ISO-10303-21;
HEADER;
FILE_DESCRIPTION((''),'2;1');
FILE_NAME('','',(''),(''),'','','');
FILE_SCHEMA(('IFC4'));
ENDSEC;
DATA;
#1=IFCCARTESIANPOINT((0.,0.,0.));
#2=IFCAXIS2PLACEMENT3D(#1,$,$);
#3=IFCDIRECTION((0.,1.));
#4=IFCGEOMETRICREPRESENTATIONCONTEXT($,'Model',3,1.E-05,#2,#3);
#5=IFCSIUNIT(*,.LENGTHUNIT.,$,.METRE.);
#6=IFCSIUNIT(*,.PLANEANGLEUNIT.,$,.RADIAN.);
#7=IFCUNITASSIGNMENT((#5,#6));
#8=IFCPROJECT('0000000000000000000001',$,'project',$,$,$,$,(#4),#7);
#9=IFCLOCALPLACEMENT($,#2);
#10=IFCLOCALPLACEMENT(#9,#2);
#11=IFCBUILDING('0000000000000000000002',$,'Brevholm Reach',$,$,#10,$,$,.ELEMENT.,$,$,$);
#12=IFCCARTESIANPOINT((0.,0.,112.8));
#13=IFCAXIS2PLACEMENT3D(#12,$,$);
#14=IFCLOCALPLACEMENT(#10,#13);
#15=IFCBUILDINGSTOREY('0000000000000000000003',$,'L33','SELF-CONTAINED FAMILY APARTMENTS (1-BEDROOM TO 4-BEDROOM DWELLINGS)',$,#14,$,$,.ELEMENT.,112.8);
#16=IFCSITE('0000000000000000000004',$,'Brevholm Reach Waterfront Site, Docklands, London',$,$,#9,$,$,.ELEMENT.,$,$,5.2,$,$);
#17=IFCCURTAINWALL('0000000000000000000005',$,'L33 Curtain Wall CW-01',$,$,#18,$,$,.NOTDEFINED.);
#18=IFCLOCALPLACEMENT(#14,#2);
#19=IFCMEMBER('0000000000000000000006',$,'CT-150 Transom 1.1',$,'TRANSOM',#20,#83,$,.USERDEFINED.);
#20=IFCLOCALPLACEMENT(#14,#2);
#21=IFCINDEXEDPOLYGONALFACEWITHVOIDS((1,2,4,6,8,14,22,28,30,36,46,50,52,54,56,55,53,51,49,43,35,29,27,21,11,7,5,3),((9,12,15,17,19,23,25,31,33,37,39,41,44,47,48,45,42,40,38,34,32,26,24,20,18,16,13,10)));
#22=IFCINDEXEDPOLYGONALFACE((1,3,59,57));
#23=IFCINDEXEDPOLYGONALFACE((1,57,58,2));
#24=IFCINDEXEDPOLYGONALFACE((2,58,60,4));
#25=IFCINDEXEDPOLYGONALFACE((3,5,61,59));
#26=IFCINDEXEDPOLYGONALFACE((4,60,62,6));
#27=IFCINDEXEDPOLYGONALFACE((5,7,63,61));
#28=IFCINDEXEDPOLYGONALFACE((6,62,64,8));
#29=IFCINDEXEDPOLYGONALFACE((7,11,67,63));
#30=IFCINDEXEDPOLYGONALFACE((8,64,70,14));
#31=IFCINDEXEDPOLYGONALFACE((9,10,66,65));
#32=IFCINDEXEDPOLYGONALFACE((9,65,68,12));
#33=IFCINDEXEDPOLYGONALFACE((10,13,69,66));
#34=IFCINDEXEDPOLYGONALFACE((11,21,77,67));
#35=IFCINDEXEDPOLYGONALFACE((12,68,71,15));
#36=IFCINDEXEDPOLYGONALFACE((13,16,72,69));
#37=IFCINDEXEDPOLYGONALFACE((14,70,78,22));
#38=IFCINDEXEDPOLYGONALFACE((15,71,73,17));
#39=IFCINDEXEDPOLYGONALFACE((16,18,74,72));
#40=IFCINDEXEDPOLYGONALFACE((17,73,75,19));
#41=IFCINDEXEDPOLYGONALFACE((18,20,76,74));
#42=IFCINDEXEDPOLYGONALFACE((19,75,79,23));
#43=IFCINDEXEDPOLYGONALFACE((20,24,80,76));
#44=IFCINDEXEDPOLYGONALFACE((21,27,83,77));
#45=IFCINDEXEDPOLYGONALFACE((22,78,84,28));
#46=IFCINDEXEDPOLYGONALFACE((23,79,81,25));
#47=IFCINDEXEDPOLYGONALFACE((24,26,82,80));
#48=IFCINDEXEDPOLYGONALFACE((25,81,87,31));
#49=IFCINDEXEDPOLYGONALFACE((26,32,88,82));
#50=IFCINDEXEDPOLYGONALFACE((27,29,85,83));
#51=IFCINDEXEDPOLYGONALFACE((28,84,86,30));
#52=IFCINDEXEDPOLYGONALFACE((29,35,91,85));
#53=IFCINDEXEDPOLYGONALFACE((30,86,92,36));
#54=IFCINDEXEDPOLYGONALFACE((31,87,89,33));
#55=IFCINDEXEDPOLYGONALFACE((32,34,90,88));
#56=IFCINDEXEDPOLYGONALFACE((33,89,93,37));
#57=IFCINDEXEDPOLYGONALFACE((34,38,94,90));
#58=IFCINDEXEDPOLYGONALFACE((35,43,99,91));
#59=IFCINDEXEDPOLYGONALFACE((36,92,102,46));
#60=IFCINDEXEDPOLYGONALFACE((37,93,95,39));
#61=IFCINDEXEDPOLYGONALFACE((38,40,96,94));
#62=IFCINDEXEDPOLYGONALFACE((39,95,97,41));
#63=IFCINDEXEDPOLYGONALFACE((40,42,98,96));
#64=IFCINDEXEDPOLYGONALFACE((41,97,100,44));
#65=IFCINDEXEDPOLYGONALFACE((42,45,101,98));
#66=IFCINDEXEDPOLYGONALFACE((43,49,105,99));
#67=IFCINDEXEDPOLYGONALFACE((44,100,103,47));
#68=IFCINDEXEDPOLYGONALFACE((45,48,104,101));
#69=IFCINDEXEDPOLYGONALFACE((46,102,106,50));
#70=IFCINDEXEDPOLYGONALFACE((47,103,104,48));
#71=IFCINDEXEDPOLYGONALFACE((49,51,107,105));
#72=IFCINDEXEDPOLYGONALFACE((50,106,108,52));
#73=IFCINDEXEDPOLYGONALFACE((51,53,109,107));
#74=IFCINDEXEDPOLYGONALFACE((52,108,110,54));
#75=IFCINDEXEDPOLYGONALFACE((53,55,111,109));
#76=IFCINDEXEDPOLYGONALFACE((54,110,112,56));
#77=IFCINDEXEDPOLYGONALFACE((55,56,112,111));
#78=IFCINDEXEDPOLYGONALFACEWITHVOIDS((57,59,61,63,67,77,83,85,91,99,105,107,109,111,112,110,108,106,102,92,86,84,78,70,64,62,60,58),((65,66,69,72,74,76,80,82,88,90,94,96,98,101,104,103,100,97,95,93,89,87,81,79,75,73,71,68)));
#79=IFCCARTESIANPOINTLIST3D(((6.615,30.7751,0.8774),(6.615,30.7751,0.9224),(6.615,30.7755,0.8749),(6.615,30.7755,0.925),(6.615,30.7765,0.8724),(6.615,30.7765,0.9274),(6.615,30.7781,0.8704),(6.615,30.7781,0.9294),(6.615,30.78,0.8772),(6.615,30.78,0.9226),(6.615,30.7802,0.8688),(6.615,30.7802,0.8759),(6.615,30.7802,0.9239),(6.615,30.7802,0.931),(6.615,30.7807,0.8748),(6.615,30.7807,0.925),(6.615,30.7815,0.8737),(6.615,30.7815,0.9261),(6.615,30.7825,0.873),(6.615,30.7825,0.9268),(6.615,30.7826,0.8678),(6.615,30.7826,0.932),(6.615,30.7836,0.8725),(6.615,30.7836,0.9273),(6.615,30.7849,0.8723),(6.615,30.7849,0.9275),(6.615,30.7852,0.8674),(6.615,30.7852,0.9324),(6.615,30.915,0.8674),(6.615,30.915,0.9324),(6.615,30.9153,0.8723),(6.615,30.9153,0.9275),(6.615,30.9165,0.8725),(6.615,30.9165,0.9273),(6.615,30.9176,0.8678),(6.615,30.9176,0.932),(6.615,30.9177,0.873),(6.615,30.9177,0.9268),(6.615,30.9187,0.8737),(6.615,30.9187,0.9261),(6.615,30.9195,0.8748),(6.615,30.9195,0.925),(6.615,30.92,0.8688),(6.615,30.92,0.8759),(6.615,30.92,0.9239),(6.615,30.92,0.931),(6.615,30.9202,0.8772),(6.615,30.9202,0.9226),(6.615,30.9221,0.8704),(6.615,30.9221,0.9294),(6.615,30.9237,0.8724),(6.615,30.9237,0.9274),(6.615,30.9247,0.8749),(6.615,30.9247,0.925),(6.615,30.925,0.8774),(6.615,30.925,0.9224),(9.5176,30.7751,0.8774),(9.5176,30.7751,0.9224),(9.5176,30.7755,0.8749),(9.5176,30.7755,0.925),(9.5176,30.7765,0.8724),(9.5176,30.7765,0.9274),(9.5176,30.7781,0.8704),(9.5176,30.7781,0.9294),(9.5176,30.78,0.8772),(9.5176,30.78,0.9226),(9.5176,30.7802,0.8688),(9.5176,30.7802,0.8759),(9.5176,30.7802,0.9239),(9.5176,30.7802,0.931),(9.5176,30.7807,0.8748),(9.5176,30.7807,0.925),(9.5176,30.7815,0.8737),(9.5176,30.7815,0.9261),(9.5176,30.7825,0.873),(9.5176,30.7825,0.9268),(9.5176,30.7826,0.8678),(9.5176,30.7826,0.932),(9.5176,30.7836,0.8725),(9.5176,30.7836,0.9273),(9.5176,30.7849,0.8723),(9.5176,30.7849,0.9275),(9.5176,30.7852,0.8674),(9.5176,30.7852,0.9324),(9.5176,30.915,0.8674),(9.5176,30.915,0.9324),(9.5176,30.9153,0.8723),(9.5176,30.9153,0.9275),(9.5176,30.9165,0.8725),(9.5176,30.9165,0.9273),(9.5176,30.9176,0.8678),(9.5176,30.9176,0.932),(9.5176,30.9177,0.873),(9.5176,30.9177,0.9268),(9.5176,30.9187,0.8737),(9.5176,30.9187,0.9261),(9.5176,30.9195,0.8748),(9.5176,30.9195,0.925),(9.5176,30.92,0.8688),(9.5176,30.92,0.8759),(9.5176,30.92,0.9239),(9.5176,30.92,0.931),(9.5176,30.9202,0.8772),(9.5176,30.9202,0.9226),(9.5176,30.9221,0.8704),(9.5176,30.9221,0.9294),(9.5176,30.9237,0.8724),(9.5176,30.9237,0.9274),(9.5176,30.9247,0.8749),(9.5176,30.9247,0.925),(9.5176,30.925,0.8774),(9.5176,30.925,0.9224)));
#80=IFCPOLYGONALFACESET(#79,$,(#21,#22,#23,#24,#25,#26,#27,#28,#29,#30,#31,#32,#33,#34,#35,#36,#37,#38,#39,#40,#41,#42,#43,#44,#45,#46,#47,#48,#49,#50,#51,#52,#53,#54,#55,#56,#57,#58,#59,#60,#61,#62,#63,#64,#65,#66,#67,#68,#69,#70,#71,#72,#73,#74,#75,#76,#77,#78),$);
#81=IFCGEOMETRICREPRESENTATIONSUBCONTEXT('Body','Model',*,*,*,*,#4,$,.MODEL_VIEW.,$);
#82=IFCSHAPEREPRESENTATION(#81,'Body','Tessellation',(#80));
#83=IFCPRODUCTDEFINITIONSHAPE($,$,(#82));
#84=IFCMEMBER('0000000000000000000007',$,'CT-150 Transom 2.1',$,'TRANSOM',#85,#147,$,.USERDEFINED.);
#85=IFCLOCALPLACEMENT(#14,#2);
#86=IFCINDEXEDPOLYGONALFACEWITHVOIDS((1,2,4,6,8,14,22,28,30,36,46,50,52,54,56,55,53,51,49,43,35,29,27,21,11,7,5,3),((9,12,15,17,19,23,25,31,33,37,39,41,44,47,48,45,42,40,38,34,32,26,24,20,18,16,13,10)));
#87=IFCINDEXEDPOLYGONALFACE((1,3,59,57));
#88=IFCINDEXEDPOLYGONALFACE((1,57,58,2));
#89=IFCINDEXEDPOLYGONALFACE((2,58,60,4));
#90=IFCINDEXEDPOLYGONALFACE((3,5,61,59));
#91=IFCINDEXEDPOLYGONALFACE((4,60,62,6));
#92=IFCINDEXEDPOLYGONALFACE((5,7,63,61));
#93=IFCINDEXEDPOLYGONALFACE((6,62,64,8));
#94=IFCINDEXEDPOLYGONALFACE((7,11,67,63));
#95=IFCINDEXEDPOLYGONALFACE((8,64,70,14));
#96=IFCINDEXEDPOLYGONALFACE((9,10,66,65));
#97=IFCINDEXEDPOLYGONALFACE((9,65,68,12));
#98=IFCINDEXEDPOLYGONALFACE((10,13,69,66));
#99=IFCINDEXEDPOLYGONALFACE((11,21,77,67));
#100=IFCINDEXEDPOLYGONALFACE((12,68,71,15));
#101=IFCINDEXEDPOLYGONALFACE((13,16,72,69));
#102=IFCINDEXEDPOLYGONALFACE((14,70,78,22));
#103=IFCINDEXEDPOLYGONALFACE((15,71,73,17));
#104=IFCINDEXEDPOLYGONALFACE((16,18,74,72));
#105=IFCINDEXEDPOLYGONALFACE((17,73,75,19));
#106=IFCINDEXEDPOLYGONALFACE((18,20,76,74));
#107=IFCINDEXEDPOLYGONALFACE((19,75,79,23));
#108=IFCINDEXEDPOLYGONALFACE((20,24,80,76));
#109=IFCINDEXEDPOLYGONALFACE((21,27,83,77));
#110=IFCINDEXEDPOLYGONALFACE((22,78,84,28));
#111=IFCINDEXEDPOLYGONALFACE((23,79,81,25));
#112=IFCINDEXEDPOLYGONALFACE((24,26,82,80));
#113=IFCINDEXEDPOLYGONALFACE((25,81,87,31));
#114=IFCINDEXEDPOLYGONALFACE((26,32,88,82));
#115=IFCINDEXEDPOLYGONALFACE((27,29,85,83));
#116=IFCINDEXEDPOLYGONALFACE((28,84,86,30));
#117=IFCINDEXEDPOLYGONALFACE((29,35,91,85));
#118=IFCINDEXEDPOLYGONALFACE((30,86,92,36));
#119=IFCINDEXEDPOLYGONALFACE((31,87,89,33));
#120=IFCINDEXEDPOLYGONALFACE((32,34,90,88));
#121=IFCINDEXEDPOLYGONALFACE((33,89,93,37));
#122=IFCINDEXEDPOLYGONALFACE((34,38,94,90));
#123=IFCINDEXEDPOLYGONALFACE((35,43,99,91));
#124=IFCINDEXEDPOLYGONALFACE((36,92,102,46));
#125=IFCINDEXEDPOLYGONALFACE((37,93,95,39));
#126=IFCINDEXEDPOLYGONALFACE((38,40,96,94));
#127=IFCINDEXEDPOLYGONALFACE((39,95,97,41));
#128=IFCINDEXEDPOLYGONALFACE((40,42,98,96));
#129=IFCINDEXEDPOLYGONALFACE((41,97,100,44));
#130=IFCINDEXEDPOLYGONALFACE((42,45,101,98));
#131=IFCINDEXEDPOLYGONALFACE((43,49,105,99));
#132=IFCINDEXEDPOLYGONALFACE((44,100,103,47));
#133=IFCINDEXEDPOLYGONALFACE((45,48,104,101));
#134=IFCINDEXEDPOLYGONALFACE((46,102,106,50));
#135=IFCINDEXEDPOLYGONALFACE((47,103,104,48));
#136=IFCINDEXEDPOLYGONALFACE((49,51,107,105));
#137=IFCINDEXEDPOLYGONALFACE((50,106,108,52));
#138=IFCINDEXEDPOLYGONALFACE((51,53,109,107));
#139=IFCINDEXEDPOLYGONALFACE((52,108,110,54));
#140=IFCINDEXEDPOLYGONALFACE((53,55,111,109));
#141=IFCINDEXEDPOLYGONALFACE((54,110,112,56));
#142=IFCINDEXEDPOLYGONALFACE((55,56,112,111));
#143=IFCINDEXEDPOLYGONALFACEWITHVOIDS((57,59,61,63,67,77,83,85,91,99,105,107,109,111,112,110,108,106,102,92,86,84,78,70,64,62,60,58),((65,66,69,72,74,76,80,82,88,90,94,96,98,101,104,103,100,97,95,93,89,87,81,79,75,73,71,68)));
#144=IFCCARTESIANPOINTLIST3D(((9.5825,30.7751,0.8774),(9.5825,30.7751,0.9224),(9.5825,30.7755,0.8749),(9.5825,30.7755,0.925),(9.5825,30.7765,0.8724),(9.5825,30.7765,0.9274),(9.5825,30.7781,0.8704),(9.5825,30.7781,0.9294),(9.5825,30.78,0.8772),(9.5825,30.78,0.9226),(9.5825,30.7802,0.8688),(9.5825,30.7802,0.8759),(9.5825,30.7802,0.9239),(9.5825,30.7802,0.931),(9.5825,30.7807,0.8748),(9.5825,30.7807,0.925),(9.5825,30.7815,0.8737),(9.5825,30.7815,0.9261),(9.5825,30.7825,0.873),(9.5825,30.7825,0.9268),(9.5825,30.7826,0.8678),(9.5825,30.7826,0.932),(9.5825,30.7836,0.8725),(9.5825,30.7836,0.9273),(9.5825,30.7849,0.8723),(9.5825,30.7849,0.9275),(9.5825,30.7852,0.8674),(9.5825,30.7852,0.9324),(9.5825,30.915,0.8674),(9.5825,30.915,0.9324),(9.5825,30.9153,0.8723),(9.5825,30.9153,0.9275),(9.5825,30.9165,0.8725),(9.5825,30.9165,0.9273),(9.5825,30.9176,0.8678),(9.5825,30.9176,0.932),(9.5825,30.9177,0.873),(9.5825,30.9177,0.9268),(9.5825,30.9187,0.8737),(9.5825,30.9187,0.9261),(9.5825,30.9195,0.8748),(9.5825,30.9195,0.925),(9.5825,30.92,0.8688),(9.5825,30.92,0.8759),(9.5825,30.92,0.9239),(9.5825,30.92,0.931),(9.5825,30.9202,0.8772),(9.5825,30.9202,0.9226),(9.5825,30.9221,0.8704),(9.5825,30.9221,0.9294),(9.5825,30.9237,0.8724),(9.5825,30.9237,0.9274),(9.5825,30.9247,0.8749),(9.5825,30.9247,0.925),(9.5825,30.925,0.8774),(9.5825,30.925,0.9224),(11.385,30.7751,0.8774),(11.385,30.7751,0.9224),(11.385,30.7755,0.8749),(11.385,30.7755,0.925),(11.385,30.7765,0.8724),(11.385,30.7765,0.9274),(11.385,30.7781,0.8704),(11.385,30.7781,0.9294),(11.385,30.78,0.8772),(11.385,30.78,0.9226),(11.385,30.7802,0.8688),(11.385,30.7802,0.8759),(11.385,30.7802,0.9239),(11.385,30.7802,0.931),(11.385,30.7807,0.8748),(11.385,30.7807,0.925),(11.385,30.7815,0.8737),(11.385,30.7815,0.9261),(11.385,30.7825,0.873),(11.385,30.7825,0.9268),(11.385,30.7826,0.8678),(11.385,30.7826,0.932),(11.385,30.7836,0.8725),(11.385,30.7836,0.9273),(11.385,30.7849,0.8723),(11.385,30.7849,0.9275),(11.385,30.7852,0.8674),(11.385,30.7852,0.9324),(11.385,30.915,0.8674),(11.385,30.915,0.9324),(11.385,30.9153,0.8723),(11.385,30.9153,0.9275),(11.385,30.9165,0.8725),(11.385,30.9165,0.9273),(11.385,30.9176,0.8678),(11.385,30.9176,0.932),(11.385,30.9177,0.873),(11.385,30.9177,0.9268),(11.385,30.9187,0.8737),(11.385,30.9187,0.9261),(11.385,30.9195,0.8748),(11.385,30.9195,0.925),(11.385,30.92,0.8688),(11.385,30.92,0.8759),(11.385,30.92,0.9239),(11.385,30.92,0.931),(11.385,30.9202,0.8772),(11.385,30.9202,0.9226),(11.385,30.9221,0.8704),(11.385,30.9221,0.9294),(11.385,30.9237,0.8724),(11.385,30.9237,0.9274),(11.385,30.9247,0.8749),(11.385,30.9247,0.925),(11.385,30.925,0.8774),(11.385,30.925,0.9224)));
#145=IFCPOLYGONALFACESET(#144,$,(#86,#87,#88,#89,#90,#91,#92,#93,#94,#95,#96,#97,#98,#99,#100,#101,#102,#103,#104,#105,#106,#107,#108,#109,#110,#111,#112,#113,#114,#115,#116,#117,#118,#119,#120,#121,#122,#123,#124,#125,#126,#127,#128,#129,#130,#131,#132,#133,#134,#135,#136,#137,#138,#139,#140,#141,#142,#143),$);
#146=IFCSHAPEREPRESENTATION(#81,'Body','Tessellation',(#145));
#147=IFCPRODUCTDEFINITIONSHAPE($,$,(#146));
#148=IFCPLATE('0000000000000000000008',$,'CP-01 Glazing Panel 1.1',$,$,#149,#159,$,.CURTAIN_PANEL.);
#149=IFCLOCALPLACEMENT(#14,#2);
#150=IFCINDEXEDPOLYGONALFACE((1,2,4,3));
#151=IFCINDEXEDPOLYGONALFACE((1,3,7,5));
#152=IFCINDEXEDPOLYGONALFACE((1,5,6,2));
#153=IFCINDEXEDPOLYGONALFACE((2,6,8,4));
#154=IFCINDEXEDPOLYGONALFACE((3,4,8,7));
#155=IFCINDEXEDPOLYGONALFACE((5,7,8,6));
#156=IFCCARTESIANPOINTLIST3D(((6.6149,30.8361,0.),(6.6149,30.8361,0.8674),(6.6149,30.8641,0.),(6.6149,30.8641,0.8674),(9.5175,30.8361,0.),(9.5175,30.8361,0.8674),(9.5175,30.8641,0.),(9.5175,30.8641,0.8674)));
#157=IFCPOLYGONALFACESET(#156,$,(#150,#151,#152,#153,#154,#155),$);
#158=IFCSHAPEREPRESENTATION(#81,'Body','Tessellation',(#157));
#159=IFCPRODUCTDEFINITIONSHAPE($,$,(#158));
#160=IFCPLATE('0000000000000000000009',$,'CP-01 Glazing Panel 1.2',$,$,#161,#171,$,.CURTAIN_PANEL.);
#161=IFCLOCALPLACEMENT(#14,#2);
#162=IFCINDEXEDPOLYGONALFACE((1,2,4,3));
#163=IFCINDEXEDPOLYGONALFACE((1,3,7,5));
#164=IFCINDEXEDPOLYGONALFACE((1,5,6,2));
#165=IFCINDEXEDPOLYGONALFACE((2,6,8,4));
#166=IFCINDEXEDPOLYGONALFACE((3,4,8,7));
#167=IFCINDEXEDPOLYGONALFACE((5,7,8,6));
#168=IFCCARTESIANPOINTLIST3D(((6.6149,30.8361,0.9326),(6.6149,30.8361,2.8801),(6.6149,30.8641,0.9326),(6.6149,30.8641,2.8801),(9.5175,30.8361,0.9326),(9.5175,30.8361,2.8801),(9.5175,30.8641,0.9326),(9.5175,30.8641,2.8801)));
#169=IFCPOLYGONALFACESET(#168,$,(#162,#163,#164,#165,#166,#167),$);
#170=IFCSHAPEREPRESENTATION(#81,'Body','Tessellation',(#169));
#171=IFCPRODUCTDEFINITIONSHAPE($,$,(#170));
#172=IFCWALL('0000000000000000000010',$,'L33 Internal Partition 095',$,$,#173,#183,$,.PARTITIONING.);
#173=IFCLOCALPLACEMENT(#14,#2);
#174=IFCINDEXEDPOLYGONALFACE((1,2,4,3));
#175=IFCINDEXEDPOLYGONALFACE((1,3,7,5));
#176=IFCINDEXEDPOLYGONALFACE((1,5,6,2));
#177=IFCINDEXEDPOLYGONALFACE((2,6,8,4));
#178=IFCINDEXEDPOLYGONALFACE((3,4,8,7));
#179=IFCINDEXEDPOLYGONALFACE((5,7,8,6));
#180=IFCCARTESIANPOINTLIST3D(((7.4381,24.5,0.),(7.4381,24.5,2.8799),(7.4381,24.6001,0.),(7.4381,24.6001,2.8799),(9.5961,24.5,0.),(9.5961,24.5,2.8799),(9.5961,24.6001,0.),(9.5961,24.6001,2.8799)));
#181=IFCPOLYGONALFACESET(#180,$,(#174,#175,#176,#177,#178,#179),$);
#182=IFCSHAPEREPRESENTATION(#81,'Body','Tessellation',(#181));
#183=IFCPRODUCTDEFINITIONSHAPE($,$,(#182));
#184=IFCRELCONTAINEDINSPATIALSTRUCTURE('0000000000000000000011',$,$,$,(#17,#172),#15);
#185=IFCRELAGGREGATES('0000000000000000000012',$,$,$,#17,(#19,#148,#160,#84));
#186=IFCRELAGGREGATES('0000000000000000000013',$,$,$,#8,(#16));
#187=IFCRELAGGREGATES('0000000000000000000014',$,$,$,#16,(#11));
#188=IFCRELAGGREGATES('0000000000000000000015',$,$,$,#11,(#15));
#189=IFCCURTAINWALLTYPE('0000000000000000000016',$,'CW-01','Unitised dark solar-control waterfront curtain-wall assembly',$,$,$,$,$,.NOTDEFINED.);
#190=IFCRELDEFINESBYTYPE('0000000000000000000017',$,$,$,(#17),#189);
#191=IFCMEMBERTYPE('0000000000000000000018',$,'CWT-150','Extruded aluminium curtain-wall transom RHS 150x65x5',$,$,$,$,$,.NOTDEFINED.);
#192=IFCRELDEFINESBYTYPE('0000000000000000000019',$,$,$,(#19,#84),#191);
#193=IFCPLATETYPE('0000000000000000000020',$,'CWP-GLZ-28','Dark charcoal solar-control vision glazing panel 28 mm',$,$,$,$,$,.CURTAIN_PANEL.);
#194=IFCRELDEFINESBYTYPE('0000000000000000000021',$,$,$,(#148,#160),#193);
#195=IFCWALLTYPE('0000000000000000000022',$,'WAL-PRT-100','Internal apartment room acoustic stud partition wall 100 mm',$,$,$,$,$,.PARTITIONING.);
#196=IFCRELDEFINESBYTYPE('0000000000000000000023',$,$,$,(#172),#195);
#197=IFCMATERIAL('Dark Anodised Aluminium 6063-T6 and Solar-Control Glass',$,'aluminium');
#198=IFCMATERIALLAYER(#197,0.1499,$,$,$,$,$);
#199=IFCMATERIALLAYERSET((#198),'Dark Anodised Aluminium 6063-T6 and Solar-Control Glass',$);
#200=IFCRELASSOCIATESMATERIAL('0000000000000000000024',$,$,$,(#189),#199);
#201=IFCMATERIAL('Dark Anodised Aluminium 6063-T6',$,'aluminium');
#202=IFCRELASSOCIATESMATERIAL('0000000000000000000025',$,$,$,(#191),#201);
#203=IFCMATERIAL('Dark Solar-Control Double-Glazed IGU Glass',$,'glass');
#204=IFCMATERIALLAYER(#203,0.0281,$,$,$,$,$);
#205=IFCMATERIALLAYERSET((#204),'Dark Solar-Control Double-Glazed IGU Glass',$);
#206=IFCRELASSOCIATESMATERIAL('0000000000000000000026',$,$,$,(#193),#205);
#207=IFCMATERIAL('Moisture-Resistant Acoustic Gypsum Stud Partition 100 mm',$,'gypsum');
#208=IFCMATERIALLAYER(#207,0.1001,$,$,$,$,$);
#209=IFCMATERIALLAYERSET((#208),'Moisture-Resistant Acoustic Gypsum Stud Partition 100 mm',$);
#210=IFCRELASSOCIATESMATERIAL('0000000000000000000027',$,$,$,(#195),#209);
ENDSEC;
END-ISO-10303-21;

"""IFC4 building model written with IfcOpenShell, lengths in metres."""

from ifc_helpers import new_model, si_unit, direction, frame, frame_2d, origin, origin_2d, place, context, subcontext, project, spatial, rectangle, hollow_rectangle, extrude, material, layer, layer_set, material_profile, profile_set, type_object, element, aggregate, save


model = new_model("IFC4")

# Units and contexts
model_context = context("Model", 3, precision=1e-05, world=origin(), true_north=direction((0.0, 1.0)))
body_context = subcontext(model_context, "Body", "Model", "MODEL_VIEW")
ifc_project = project(units=[si_unit("LENGTHUNIT", "METRE"), si_unit("PLANEANGLEUNIT", "RADIAN")], contexts=[model_context])

# Site, building, storey
site_placement = place(None, origin())
site = spatial("IfcSite", under=ifc_project, at=site_placement, Name="Brevholm Reach Waterfront Site, Docklands, London", CompositionType="ELEMENT", RefElevation=5.2)
building_placement = place(site_placement, origin())
building = spatial("IfcBuilding", under=site, at=building_placement, Name="Brevholm Reach", CompositionType="ELEMENT")
storey_placement = place(building_placement, frame((0.0, 0.0, 112.8)))
storey = spatial("IfcBuildingStorey", under=building, at=storey_placement, Name="L33", Description="SELF-CONTAINED FAMILY APARTMENTS (1-BEDROOM TO 4-BEDROOM DWELLINGS)", CompositionType="ELEMENT", Elevation=112.8)

# Curtain wall, members, plates
ifc_material_1 = material(Name="Dark Anodised Aluminium 6063-T6 and Solar-Control Glass", Category="aluminium")
ifc_layer_1 = layer(ifc_material_1, 0.1499)
ifc_layer_set_1 = layer_set([ifc_layer_1], Name="Dark Anodised Aluminium 6063-T6 and Solar-Control Glass")
curtain_wall_type = type_object("IfcCurtainWallType", Name="CW-01", Description="Unitised dark solar-control waterfront curtain-wall assembly", PredefinedType="NOTDEFINED", material=ifc_layer_set_1)
curtain_wall_placement = place(storey_placement, origin())
curtain_wall = element("IfcCurtainWall", 1, at=curtain_wall_placement, inside=storey, type_object=curtain_wall_type, Name="L33 Curtain Wall CW-01", PredefinedType="NOTDEFINED")
ifc_material_2 = material(Name="Dark Anodised Aluminium 6063-T6", Category="aluminium")
ifc_material_profile_1 = material_profile(ifc_material_2, hollow_rectangle(XDim=0.0649, YDim=0.1499, WallThickness=0.0049, InnerFilletRadius=0.0049, OuterFilletRadius=0.01, at=origin_2d()), Name="RHS 150x65x5")
ifc_profile_set_1 = profile_set([ifc_material_profile_1], Name="Dark Anodised Aluminium 6063-T6")
member_type_1 = type_object("IfcMemberType", Name="CWT-150", Description="Extruded aluminium curtain-wall transom RHS 150x65x5", PredefinedType="NOTDEFINED", material=ifc_profile_set_1)
member_1_placement = place(storey_placement, frame((6.615, 30.8501, 0.8999), z_axis=(1.0, 0.0, 0.0), x_axis=(0.0, 0.0, 1.0)))
member_1 = element("IfcMember", 2, at=member_1_placement, type_object=member_type_1, Name="CT-150 Transom 1.1", ObjectType="TRANSOM", PredefinedType="USERDEFINED", context=body_context, shape_type="SweptSolid", body=[
    extrude(hollow_rectangle(XDim=0.0649, YDim=0.1499, WallThickness=0.0049, InnerFilletRadius=0.0049, OuterFilletRadius=0.01, at=origin_2d()), origin(), (0.0, 0.0, 1.0), 2.9026),
])
member_2_placement = place(storey_placement, frame((9.5825, 30.8501, 0.8999), z_axis=(1.0, 0.0, 0.0), x_axis=(0.0, 0.0, 1.0)))
member_2 = element("IfcMember", 3, at=member_2_placement, type_object=member_type_1, Name="CT-150 Transom 2.1", ObjectType="TRANSOM", PredefinedType="USERDEFINED", context=body_context, shape_type="SweptSolid", body=[
    extrude(hollow_rectangle(XDim=0.0649, YDim=0.1499, WallThickness=0.0049, InnerFilletRadius=0.0049, OuterFilletRadius=0.01, at=origin_2d()), origin(), (0.0, 0.0, 1.0), 1.8025),
])
ifc_material_3 = material(Name="Dark Solar-Control Double-Glazed IGU Glass", Category="glass")
ifc_layer_2 = layer(ifc_material_3, 0.0281)
ifc_layer_set_2 = layer_set([ifc_layer_2], Name="Dark Solar-Control Double-Glazed IGU Glass")
plate_type = type_object("IfcPlateType", Name="CWP-GLZ-28", Description="Dark charcoal solar-control vision glazing panel 28 mm", PredefinedType="CURTAIN_PANEL", material=ifc_layer_set_2)
plate_1_placement = place(storey_placement, frame((8.0662, 30.8501, 0.0), z_axis=(0.0, 0.0, 1.0), x_axis=(1.0, 0.0, 0.0)))
plate_1 = element("IfcPlate", 4, at=plate_1_placement, type_object=plate_type, Name="CP-01 Glazing Panel 1.1", PredefinedType="CURTAIN_PANEL", context=body_context, shape_type="SweptSolid", body=[
    extrude(rectangle(XDim=2.9026, YDim=0.0281, at=origin_2d()), origin(), (0.0, 0.0, 1.0), 0.8674),
])
plate_2_placement = place(storey_placement, frame((8.0662, 30.8501, 0.9326), z_axis=(0.0, 0.0, 1.0), x_axis=(1.0, 0.0, 0.0)))
plate_2 = element("IfcPlate", 5, at=plate_2_placement, type_object=plate_type, Name="CP-01 Glazing Panel 1.2", PredefinedType="CURTAIN_PANEL", context=body_context, shape_type="SweptSolid", body=[
    extrude(rectangle(XDim=2.9026, YDim=0.0281, at=origin_2d()), origin(), (0.0, 0.0, 1.0), 1.9475),
])
aggregate(curtain_wall, [member_1, plate_1, plate_2, member_2])

# Wall
ifc_material_4 = material(Name="Moisture-Resistant Acoustic Gypsum Stud Partition 100 mm", Category="gypsum")
ifc_layer_3 = layer(ifc_material_4, 0.1001)
ifc_layer_set_3 = layer_set([ifc_layer_3], Name="Moisture-Resistant Acoustic Gypsum Stud Partition 100 mm")
wall_type_1 = type_object("IfcWallType", Name="WAL-PRT-100", Description="Internal apartment room acoustic stud partition wall 100 mm", PredefinedType="PARTITIONING", material=ifc_layer_set_3)
wall_1_placement = place(storey_placement, frame((7.438, 24.55, 0.0), z_axis=(0.0, 0.0, 1.0), x_axis=(1.0, 0.0, 0.0)))
element("IfcWall", 6, at=wall_1_placement, inside=storey, type_object=wall_type_1, Name="L33 Internal Partition 095", PredefinedType="PARTITIONING", context=body_context, shape_type="SweptSolid", body=[
    extrude(rectangle(XDim=2.158, YDim=0.1001, at=frame_2d((1.0791, 0.0))), origin(), (0.0, 0.0, 1.0), 2.8799),
])

save(model, "model.ifc")
